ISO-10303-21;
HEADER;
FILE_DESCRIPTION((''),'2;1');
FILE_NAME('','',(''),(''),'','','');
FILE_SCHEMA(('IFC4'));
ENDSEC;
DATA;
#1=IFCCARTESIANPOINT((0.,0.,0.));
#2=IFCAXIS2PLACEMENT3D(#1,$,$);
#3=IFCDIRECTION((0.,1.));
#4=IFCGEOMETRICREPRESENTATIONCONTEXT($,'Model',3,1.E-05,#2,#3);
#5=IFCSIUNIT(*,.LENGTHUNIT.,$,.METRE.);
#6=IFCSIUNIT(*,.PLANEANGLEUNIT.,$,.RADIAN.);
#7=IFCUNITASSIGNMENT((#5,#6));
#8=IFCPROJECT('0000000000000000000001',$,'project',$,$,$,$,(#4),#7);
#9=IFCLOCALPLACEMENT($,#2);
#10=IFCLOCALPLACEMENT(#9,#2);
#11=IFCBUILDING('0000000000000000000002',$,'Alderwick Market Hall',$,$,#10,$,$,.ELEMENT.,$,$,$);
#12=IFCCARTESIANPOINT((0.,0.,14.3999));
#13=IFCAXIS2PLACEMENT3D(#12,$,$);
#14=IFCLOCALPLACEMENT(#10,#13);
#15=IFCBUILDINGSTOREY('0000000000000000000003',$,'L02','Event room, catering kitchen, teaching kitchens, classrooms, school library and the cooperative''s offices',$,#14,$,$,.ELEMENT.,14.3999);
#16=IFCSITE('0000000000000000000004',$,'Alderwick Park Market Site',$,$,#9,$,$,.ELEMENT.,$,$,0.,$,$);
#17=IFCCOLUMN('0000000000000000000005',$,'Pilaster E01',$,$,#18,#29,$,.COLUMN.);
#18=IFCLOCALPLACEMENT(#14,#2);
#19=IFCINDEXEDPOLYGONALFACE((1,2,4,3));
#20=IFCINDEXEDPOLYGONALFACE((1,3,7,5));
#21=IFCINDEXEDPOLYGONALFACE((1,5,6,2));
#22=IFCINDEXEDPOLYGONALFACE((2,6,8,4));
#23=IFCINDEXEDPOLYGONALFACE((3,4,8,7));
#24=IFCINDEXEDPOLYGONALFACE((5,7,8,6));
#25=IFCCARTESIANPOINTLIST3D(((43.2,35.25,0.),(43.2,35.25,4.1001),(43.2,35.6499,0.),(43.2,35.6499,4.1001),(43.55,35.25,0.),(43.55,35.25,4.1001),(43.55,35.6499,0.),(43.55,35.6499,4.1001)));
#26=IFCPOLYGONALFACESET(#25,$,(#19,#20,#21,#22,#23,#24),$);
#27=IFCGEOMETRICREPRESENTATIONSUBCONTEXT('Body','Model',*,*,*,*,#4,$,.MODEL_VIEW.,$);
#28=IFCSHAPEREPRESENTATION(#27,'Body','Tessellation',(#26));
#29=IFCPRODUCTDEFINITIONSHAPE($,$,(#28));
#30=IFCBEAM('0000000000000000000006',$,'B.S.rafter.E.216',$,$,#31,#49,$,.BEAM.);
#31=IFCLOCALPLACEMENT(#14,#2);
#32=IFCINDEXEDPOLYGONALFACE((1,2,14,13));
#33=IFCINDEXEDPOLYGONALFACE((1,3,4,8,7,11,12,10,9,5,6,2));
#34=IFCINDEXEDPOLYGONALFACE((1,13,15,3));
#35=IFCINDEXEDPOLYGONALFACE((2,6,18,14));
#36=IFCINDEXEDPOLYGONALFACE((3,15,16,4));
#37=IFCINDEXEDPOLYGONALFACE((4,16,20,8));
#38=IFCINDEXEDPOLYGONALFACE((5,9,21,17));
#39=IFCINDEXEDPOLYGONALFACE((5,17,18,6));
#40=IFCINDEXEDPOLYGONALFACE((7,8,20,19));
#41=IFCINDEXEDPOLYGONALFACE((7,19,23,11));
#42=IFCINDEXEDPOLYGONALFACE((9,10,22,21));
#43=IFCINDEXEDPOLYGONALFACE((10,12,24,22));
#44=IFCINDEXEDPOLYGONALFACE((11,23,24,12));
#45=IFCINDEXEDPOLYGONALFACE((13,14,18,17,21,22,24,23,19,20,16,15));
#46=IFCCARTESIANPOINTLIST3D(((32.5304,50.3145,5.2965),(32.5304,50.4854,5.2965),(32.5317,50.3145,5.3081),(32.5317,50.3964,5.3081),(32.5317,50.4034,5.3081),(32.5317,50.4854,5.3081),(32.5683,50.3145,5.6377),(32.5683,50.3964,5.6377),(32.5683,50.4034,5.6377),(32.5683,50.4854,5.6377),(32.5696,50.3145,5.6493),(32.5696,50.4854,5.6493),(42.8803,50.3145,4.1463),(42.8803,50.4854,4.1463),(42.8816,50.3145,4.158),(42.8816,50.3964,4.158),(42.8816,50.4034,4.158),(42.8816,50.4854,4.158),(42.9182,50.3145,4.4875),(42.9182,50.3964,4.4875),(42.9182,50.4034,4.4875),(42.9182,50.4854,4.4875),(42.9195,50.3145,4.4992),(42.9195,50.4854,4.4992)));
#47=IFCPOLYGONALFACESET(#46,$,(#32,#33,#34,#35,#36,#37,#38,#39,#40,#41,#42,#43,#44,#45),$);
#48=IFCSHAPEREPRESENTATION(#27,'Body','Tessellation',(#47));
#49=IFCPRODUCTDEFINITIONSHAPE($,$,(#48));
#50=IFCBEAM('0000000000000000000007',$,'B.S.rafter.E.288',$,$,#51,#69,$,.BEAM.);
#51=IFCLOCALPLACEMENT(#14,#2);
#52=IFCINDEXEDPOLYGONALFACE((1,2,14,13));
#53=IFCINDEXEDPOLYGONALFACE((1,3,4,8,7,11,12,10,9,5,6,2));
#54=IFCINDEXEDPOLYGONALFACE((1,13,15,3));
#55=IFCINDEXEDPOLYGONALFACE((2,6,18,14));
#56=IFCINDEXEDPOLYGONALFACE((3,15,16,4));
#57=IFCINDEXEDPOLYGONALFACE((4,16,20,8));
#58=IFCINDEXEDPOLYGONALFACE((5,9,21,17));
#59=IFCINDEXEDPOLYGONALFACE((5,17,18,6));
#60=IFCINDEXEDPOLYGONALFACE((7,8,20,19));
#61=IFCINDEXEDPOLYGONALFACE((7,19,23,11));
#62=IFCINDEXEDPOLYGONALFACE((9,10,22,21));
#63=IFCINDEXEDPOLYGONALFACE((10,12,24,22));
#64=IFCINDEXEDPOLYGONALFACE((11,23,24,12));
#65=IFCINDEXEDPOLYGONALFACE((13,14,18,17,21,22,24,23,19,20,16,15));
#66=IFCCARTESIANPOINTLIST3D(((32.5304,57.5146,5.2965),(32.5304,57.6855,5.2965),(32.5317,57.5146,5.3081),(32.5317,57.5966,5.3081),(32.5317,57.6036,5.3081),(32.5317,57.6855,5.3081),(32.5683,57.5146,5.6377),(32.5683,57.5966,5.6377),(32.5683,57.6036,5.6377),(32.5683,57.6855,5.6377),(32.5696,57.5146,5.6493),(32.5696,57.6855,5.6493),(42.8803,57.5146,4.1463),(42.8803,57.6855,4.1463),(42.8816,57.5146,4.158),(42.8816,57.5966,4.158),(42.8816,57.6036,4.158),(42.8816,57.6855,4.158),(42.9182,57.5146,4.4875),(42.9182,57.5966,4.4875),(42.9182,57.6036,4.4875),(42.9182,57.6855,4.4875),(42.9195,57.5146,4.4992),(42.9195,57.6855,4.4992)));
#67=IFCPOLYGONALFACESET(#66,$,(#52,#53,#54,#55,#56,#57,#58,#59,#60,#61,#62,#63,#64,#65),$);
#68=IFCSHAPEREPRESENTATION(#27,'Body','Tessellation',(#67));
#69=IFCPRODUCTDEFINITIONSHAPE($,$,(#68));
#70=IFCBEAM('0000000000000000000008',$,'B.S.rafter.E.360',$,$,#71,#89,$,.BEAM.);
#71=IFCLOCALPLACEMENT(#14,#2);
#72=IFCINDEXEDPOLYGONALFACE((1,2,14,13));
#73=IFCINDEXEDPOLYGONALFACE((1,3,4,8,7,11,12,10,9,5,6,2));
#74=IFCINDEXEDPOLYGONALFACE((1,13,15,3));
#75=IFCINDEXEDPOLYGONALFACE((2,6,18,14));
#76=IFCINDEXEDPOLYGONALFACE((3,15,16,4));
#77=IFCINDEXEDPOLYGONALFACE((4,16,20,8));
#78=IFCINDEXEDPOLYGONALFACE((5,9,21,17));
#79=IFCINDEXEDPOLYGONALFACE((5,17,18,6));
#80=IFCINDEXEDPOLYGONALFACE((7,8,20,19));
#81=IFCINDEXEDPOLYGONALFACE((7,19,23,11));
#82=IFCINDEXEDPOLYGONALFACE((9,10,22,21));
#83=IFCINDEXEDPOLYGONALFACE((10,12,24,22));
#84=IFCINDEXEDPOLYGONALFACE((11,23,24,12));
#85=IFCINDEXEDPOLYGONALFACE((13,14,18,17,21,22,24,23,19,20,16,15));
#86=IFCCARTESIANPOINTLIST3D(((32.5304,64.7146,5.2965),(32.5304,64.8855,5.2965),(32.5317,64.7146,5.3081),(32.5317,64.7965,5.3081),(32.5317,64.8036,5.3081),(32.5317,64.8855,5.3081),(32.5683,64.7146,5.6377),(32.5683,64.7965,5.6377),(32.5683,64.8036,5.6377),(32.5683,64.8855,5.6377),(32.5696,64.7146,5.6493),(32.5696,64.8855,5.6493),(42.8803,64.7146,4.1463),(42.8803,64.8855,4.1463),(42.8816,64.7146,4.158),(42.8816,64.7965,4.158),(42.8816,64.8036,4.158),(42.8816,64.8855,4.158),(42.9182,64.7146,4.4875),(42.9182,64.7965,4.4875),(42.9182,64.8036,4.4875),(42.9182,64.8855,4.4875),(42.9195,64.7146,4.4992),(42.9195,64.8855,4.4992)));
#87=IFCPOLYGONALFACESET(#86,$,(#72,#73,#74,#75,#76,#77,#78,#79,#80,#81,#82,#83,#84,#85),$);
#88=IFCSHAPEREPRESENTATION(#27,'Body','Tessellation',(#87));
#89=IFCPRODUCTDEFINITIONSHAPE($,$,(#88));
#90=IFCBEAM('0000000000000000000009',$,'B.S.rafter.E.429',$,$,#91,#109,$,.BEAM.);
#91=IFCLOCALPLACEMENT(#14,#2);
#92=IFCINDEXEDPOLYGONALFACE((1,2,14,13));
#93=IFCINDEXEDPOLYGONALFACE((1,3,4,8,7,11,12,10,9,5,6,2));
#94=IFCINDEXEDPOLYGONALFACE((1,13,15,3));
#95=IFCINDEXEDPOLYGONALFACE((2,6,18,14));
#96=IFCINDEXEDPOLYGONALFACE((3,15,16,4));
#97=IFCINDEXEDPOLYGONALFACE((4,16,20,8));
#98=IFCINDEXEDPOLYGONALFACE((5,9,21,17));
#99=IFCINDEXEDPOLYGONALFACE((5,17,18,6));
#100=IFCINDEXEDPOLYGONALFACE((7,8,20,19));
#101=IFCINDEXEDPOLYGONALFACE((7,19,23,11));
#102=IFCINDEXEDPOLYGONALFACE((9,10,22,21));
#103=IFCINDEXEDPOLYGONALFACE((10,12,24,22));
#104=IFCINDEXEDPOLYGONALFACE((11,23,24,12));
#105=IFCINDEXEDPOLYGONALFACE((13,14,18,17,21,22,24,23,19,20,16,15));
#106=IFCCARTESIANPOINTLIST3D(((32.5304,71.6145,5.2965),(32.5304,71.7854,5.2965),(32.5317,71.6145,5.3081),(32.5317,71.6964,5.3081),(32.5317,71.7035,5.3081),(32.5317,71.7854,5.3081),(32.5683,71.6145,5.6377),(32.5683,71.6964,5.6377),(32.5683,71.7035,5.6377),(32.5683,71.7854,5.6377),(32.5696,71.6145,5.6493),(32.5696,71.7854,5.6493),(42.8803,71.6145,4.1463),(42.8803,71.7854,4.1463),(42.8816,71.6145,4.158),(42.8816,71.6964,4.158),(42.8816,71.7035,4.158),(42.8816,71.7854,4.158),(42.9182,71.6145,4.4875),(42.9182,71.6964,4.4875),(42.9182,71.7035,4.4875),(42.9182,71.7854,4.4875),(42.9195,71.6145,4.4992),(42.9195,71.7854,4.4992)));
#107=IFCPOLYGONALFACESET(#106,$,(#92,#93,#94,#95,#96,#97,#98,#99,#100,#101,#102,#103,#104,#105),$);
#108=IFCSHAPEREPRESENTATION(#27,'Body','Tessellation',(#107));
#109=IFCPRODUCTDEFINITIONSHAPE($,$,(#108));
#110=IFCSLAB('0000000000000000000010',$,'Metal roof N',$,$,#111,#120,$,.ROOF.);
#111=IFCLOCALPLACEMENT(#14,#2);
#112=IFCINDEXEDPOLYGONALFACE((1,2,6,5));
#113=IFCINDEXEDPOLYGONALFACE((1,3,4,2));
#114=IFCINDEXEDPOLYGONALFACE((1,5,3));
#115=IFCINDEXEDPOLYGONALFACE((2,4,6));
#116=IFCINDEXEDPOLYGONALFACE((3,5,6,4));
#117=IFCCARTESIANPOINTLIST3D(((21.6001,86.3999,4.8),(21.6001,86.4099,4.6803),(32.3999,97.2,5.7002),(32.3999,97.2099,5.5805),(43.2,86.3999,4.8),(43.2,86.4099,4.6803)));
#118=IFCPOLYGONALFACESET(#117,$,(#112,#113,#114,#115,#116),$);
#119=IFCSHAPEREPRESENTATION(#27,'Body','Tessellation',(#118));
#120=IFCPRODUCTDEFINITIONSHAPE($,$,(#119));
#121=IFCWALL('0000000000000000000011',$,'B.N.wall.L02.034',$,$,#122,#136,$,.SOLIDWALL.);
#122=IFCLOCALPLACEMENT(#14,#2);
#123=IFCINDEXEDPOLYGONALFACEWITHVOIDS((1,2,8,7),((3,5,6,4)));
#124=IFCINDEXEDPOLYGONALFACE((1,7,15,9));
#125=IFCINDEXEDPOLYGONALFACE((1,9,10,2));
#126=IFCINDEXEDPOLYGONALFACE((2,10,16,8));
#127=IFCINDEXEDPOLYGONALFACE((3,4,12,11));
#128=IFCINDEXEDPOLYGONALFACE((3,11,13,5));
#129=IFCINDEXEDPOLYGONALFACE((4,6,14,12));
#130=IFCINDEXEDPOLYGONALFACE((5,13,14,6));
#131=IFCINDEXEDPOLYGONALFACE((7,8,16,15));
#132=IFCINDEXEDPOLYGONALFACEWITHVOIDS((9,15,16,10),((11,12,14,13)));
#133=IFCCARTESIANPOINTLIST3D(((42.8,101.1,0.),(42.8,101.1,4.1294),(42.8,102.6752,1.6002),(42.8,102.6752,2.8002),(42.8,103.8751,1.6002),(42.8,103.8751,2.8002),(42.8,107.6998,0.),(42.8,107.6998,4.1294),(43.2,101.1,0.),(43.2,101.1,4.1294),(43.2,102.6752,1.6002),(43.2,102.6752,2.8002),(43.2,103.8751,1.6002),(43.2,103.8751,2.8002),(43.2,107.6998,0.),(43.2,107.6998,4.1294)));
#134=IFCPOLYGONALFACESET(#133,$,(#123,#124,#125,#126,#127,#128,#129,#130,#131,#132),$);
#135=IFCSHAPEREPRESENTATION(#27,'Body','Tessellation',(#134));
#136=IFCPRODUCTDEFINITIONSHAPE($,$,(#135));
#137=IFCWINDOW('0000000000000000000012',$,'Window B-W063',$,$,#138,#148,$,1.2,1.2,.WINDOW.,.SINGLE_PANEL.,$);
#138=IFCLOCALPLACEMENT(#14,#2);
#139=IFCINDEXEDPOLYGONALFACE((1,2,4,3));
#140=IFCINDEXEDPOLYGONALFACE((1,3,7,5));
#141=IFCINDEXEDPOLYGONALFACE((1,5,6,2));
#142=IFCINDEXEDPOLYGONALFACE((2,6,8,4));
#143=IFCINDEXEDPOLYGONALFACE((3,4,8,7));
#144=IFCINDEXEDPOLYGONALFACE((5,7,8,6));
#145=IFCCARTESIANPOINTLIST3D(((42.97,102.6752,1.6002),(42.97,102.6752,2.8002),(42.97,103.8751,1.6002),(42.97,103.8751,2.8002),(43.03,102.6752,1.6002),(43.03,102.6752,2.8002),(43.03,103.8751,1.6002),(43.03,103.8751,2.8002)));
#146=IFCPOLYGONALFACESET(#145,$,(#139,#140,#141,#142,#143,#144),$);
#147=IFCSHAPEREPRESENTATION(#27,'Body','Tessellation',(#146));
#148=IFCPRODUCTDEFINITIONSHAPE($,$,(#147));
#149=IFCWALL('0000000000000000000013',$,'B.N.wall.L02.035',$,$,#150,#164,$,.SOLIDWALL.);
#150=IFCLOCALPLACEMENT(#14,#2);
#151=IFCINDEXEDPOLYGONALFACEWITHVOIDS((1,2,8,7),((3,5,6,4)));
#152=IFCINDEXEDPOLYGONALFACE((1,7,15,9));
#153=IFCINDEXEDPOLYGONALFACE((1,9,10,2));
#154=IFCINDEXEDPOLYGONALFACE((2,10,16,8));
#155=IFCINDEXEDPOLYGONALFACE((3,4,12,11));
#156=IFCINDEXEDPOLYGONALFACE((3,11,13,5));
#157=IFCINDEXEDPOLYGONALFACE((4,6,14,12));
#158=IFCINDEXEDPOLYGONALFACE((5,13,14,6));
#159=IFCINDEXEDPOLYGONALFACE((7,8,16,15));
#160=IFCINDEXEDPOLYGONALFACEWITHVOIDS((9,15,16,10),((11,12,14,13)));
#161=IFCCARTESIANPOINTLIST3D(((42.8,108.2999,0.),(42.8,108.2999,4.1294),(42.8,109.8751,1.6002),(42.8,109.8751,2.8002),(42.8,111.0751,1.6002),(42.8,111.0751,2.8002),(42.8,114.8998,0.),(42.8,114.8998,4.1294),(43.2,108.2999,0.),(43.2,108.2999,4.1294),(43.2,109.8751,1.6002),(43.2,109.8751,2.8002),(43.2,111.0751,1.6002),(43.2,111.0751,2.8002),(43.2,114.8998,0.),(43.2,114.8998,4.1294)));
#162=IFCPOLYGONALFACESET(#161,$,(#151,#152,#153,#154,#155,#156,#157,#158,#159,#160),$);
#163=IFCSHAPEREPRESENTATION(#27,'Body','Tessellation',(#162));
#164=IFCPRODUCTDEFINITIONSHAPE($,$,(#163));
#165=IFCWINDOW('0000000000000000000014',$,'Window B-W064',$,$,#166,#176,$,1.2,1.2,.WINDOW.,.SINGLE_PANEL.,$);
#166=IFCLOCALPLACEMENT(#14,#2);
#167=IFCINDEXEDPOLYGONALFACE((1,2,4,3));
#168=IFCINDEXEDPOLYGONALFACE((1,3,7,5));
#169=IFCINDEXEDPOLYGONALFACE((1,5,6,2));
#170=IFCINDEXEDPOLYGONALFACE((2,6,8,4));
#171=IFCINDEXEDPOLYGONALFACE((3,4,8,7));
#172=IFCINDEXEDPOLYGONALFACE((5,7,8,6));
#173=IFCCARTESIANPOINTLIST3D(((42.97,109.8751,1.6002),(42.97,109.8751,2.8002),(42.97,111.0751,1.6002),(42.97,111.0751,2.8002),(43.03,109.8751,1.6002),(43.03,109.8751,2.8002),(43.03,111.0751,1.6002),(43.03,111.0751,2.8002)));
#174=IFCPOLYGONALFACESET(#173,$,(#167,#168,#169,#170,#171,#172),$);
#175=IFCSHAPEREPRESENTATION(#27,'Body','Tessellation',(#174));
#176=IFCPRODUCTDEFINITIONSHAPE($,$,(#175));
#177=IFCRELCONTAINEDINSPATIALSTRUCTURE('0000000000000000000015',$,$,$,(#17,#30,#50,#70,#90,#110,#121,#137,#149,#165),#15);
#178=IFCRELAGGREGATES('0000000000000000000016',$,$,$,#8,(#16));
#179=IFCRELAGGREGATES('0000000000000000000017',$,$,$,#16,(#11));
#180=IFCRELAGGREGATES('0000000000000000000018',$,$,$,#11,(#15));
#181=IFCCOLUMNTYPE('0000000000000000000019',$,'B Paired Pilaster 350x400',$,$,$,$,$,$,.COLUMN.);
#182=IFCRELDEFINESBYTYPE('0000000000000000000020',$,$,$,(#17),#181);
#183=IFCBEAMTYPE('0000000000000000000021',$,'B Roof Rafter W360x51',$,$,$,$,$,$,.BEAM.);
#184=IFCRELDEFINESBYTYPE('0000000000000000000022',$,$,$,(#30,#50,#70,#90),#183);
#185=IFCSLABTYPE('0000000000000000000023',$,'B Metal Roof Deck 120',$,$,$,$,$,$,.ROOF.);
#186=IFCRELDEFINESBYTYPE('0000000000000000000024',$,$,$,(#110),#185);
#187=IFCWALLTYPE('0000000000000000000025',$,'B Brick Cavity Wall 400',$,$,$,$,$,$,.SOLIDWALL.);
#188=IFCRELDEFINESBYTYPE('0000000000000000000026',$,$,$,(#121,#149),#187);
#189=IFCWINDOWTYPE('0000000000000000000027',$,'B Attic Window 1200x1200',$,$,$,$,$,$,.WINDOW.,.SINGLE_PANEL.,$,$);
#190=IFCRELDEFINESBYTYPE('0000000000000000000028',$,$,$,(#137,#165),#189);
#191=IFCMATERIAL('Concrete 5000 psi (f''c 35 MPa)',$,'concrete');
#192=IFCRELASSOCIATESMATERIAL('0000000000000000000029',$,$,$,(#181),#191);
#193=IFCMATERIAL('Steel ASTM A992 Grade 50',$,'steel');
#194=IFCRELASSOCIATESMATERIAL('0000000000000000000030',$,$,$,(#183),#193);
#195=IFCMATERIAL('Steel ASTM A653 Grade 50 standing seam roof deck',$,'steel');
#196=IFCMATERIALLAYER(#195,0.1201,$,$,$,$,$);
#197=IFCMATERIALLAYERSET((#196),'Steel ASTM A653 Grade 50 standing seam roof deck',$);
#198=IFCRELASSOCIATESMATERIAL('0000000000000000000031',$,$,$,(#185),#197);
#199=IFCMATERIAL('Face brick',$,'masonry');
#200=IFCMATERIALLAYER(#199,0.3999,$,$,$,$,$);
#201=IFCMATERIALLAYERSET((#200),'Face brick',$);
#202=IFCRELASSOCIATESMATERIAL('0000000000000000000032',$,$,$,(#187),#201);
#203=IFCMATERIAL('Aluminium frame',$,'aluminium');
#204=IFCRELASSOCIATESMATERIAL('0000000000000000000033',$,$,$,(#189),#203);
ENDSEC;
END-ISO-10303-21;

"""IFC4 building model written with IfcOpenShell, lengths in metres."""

from ifc_helpers import new_model, si_unit, direction, frame, frame_2d, origin, origin_2d, place, context, subcontext, project, spatial, polyline, rectangle, i_section, outline, extrude, material, layer, layer_set, material_profile, profile_set, type_object, element, fill, save


model = new_model("IFC4")

# Units and contexts
model_context = context("Model", 3, precision=1e-05, world=origin(), true_north=direction((0.0, 1.0)))
body_context = subcontext(model_context, "Body", "Model", "MODEL_VIEW")
ifc_project = project(units=[si_unit("LENGTHUNIT", "METRE"), si_unit("PLANEANGLEUNIT", "RADIAN")], contexts=[model_context])

# Site, building, storey
site_placement = place(None, origin())
site = spatial("IfcSite", under=ifc_project, at=site_placement, Name="Alderwick Park Market Site", CompositionType="ELEMENT", RefElevation=0.0)
building_placement = place(site_placement, origin())
building = spatial("IfcBuilding", under=site, at=building_placement, Name="Alderwick Market Hall", CompositionType="ELEMENT")
storey_placement = place(building_placement, frame((0.0, 0.0, 14.3999)))
storey = spatial("IfcBuildingStorey", under=building, at=storey_placement, Name="L02", Description="Event room, catering kitchen, teaching kitchens, classrooms, school library and the cooperative's offices", CompositionType="ELEMENT", Elevation=14.3999)

# Column
ifc_material_1 = material(Name="Concrete 5000 psi (f'c 35 MPa)", Category="concrete")
ifc_material_profile_1 = material_profile(ifc_material_1, rectangle(XDim=0.3501, YDim=0.3999, at=origin_2d()), Name="B Paired Pilaster 350x400")
ifc_profile_set_1 = profile_set([ifc_material_profile_1], Name="Concrete 5000 psi (f'c 35 MPa)")
column_type = type_object("IfcColumnType", Name="B Paired Pilaster 350x400", PredefinedType="COLUMN", material=ifc_profile_set_1)
column_placement = place(storey_placement, frame((43.375, 35.45, 0.0), z_axis=(0.0, 0.0, 1.0), x_axis=(1.0, 0.0, 0.0)))
element("IfcColumn", 1, at=column_placement, inside=storey, type_object=column_type, Name="Pilaster E01", PredefinedType="COLUMN", context=body_context, shape_type="SweptSolid", body=[
    extrude(rectangle(XDim=0.3501, YDim=0.3999, at=origin_2d()), origin(), (0.0, 0.0, 1.0), 4.1001),
])

# Beams
ifc_material_2 = material(Name="Steel ASTM A992 Grade 50", Category="steel")
ifc_material_profile_2 = material_profile(ifc_material_2, i_section(OverallWidth=0.1709, OverallDepth=0.355, WebThickness=0.0071, FlangeThickness=0.0117, at=origin_2d()), Name="W360x51")
ifc_profile_set_2 = profile_set([ifc_material_profile_2], Name="Steel ASTM A992 Grade 50")
beam_type = type_object("IfcBeamType", Name="B Roof Rafter W360x51", PredefinedType="BEAM", material=ifc_profile_set_2)
for number, where, z_axis, x_axis, name in (
    (2, (42.8999, 50.3999, 4.3228), (-0.993882, 0.0, 0.110447), (0.0, -1.0, 0.0), "B.S.rafter.E.216"),
    (3, (42.8999, 57.6001, 4.3228), (-0.993882, 0.0, 0.110447), (0.0, -1.0, 0.0), "B.S.rafter.E.288"),
    (4, (42.8999, 64.8, 4.3228), (-0.993882, 0.0, 0.110447), (0.0, -1.0, 0.0), "B.S.rafter.E.360"),
    (5, (42.8999, 71.7, 4.3228), (-0.993882, 0.0, 0.110447), (0.0, -1.0, 0.0), "B.S.rafter.E.429"),
):
    element("IfcBeam", number, at=place(storey_placement, frame(where, z_axis=z_axis, x_axis=x_axis)), inside=storey, type_object=beam_type, Name=name, PredefinedType="BEAM", context=body_context, shape_type="SweptSolid", body=[
        extrude(i_section(OverallWidth=0.1709, OverallDepth=0.355, WebThickness=0.0071, FlangeThickness=0.0117, at=origin_2d()), origin(), (0.0, 0.0, 1.0), 10.4136),
    ])

# Slab
ifc_material_3 = material(Name="Steel ASTM A653 Grade 50 standing seam roof deck", Category="steel")
ifc_layer_1 = layer(ifc_material_3, 0.1201)
ifc_layer_set_1 = layer_set([ifc_layer_1], Name="Steel ASTM A653 Grade 50 standing seam roof deck")
slab_type = type_object("IfcSlabType", Name="B Metal Roof Deck 120", PredefinedType="ROOF", material=ifc_layer_set_1)
slab_placement = place(storey_placement, frame((43.2, 86.3999, 4.8), z_axis=(0.0, -0.083059, 0.996545), x_axis=(-1.0, 0.0, 0.0)))
element("IfcSlab", 6, at=slab_placement, inside=storey, type_object=slab_type, Name="Metal roof N", PredefinedType="ROOF", context=body_context, shape_type="SweptSolid", body=[
    extrude(outline(polyline([(0.0, 0.0), (21.5999, 0.0), (10.8, -10.8375), (0.0, 0.0)])), origin(), (0.0, 0.0, -1.0), 0.1201),
])

# Walls, openings, windows
ifc_material_4 = material(Name="Face brick", Category="masonry")
ifc_layer_2 = layer(ifc_material_4, 0.3999)
ifc_layer_set_2 = layer_set([ifc_layer_2], Name="Face brick")
wall_type_1 = type_object("IfcWallType", Name="B Brick Cavity Wall 400", PredefinedType="SOLIDWALL", material=ifc_layer_set_2)
wall_1_placement = place(storey_placement, frame((43.0, 101.1001, 0.0), z_axis=(0.0, 0.0, 1.0), x_axis=(0.0, 1.0, 0.0)))
wall_1 = element("IfcWall", 7, at=wall_1_placement, inside=storey, type_object=wall_type_1, Name="B.N.wall.L02.034", PredefinedType="SOLIDWALL", context=body_context, shape_type="SweptSolid", body=[
    extrude(rectangle(XDim=6.5999, YDim=0.3999, at=frame_2d((3.2998, 0.0))), origin(), (0.0, 0.0, 1.0), 4.1294),
])
opening_1_placement = place(wall_1_placement, frame((1.575, 0.0, 1.6001)))
opening_1 = element("IfcOpeningElement", 8, at=opening_1_placement, cuts=wall_1, PredefinedType="OPENING", context=body_context, shape_type="SweptSolid", body=[
    extrude(rectangle(XDim=1.2, YDim=1.2, at=frame_2d((0.6001, 0.6001))), frame((0.0, 0.21, 0.0), z_axis=(0.0, -1.0, 0.0), x_axis=(1.0, 0.0, 0.0)), (0.0, 0.0, 1.0), 0.4199),
])
ifc_material_5 = material(Name="Aluminium frame", Category="aluminium")
window_type_1 = type_object("IfcWindowType", Name="B Attic Window 1200x1200", PartitioningType="SINGLE_PANEL", PredefinedType="WINDOW", material=ifc_material_5)
window_1_placement = place(opening_1_placement, origin())
window_1 = element("IfcWindow", 9, at=window_1_placement, inside=storey, type_object=window_type_1, Name="Window B-W063", OverallHeight=1.2, OverallWidth=1.2, PartitioningType="SINGLE_PANEL", PredefinedType="WINDOW", context=body_context, shape_type="SweptSolid", body=[
    extrude(rectangle(XDim=1.2, YDim=1.2, at=frame_2d((0.6001, 0.6001))), frame((0.0, 0.03, 0.0), z_axis=(0.0, -1.0, 0.0), x_axis=(1.0, 0.0, 0.0)), (0.0, 0.0, 1.0), 0.0601),
])
fill(opening_1, window_1)
wall_2_placement = place(storey_placement, frame((43.0, 108.3, 0.0), z_axis=(0.0, 0.0, 1.0), x_axis=(0.0, 1.0, 0.0)))
wall_2 = element("IfcWall", 10, at=wall_2_placement, inside=storey, type_object=wall_type_1, Name="B.N.wall.L02.035", PredefinedType="SOLIDWALL", context=body_context, shape_type="SweptSolid", body=[
    extrude(rectangle(XDim=6.5999, YDim=0.3999, at=frame_2d((3.2998, 0.0))), origin(), (0.0, 0.0, 1.0), 4.1294),
])
opening_2_placement = place(wall_2_placement, frame((1.575, 0.0, 1.6001)))
opening_2 = element("IfcOpeningElement", 11, at=opening_2_placement, cuts=wall_2, PredefinedType="OPENING", context=body_context, shape_type="SweptSolid", body=[
    extrude(rectangle(XDim=1.2, YDim=1.2, at=frame_2d((0.6001, 0.6001))), frame((0.0, 0.21, 0.0), z_axis=(0.0, -1.0, 0.0), x_axis=(1.0, 0.0, 0.0)), (0.0, 0.0, 1.0), 0.4199),
])
window_2_placement = place(opening_2_placement, origin())
window_2 = element("IfcWindow", 12, at=window_2_placement, inside=storey, type_object=window_type_1, Name="Window B-W064", OverallHeight=1.2, OverallWidth=1.2, PartitioningType="SINGLE_PANEL", PredefinedType="WINDOW", context=body_context, shape_type="SweptSolid", body=[
    extrude(rectangle(XDim=1.2, YDim=1.2, at=frame_2d((0.6001, 0.6001))), frame((0.0, 0.03, 0.0), z_axis=(0.0, -1.0, 0.0), x_axis=(1.0, 0.0, 0.0)), (0.0, 0.0, 1.0), 0.0601),
])
fill(opening_2, window_2)

save(model, "model.ifc")
